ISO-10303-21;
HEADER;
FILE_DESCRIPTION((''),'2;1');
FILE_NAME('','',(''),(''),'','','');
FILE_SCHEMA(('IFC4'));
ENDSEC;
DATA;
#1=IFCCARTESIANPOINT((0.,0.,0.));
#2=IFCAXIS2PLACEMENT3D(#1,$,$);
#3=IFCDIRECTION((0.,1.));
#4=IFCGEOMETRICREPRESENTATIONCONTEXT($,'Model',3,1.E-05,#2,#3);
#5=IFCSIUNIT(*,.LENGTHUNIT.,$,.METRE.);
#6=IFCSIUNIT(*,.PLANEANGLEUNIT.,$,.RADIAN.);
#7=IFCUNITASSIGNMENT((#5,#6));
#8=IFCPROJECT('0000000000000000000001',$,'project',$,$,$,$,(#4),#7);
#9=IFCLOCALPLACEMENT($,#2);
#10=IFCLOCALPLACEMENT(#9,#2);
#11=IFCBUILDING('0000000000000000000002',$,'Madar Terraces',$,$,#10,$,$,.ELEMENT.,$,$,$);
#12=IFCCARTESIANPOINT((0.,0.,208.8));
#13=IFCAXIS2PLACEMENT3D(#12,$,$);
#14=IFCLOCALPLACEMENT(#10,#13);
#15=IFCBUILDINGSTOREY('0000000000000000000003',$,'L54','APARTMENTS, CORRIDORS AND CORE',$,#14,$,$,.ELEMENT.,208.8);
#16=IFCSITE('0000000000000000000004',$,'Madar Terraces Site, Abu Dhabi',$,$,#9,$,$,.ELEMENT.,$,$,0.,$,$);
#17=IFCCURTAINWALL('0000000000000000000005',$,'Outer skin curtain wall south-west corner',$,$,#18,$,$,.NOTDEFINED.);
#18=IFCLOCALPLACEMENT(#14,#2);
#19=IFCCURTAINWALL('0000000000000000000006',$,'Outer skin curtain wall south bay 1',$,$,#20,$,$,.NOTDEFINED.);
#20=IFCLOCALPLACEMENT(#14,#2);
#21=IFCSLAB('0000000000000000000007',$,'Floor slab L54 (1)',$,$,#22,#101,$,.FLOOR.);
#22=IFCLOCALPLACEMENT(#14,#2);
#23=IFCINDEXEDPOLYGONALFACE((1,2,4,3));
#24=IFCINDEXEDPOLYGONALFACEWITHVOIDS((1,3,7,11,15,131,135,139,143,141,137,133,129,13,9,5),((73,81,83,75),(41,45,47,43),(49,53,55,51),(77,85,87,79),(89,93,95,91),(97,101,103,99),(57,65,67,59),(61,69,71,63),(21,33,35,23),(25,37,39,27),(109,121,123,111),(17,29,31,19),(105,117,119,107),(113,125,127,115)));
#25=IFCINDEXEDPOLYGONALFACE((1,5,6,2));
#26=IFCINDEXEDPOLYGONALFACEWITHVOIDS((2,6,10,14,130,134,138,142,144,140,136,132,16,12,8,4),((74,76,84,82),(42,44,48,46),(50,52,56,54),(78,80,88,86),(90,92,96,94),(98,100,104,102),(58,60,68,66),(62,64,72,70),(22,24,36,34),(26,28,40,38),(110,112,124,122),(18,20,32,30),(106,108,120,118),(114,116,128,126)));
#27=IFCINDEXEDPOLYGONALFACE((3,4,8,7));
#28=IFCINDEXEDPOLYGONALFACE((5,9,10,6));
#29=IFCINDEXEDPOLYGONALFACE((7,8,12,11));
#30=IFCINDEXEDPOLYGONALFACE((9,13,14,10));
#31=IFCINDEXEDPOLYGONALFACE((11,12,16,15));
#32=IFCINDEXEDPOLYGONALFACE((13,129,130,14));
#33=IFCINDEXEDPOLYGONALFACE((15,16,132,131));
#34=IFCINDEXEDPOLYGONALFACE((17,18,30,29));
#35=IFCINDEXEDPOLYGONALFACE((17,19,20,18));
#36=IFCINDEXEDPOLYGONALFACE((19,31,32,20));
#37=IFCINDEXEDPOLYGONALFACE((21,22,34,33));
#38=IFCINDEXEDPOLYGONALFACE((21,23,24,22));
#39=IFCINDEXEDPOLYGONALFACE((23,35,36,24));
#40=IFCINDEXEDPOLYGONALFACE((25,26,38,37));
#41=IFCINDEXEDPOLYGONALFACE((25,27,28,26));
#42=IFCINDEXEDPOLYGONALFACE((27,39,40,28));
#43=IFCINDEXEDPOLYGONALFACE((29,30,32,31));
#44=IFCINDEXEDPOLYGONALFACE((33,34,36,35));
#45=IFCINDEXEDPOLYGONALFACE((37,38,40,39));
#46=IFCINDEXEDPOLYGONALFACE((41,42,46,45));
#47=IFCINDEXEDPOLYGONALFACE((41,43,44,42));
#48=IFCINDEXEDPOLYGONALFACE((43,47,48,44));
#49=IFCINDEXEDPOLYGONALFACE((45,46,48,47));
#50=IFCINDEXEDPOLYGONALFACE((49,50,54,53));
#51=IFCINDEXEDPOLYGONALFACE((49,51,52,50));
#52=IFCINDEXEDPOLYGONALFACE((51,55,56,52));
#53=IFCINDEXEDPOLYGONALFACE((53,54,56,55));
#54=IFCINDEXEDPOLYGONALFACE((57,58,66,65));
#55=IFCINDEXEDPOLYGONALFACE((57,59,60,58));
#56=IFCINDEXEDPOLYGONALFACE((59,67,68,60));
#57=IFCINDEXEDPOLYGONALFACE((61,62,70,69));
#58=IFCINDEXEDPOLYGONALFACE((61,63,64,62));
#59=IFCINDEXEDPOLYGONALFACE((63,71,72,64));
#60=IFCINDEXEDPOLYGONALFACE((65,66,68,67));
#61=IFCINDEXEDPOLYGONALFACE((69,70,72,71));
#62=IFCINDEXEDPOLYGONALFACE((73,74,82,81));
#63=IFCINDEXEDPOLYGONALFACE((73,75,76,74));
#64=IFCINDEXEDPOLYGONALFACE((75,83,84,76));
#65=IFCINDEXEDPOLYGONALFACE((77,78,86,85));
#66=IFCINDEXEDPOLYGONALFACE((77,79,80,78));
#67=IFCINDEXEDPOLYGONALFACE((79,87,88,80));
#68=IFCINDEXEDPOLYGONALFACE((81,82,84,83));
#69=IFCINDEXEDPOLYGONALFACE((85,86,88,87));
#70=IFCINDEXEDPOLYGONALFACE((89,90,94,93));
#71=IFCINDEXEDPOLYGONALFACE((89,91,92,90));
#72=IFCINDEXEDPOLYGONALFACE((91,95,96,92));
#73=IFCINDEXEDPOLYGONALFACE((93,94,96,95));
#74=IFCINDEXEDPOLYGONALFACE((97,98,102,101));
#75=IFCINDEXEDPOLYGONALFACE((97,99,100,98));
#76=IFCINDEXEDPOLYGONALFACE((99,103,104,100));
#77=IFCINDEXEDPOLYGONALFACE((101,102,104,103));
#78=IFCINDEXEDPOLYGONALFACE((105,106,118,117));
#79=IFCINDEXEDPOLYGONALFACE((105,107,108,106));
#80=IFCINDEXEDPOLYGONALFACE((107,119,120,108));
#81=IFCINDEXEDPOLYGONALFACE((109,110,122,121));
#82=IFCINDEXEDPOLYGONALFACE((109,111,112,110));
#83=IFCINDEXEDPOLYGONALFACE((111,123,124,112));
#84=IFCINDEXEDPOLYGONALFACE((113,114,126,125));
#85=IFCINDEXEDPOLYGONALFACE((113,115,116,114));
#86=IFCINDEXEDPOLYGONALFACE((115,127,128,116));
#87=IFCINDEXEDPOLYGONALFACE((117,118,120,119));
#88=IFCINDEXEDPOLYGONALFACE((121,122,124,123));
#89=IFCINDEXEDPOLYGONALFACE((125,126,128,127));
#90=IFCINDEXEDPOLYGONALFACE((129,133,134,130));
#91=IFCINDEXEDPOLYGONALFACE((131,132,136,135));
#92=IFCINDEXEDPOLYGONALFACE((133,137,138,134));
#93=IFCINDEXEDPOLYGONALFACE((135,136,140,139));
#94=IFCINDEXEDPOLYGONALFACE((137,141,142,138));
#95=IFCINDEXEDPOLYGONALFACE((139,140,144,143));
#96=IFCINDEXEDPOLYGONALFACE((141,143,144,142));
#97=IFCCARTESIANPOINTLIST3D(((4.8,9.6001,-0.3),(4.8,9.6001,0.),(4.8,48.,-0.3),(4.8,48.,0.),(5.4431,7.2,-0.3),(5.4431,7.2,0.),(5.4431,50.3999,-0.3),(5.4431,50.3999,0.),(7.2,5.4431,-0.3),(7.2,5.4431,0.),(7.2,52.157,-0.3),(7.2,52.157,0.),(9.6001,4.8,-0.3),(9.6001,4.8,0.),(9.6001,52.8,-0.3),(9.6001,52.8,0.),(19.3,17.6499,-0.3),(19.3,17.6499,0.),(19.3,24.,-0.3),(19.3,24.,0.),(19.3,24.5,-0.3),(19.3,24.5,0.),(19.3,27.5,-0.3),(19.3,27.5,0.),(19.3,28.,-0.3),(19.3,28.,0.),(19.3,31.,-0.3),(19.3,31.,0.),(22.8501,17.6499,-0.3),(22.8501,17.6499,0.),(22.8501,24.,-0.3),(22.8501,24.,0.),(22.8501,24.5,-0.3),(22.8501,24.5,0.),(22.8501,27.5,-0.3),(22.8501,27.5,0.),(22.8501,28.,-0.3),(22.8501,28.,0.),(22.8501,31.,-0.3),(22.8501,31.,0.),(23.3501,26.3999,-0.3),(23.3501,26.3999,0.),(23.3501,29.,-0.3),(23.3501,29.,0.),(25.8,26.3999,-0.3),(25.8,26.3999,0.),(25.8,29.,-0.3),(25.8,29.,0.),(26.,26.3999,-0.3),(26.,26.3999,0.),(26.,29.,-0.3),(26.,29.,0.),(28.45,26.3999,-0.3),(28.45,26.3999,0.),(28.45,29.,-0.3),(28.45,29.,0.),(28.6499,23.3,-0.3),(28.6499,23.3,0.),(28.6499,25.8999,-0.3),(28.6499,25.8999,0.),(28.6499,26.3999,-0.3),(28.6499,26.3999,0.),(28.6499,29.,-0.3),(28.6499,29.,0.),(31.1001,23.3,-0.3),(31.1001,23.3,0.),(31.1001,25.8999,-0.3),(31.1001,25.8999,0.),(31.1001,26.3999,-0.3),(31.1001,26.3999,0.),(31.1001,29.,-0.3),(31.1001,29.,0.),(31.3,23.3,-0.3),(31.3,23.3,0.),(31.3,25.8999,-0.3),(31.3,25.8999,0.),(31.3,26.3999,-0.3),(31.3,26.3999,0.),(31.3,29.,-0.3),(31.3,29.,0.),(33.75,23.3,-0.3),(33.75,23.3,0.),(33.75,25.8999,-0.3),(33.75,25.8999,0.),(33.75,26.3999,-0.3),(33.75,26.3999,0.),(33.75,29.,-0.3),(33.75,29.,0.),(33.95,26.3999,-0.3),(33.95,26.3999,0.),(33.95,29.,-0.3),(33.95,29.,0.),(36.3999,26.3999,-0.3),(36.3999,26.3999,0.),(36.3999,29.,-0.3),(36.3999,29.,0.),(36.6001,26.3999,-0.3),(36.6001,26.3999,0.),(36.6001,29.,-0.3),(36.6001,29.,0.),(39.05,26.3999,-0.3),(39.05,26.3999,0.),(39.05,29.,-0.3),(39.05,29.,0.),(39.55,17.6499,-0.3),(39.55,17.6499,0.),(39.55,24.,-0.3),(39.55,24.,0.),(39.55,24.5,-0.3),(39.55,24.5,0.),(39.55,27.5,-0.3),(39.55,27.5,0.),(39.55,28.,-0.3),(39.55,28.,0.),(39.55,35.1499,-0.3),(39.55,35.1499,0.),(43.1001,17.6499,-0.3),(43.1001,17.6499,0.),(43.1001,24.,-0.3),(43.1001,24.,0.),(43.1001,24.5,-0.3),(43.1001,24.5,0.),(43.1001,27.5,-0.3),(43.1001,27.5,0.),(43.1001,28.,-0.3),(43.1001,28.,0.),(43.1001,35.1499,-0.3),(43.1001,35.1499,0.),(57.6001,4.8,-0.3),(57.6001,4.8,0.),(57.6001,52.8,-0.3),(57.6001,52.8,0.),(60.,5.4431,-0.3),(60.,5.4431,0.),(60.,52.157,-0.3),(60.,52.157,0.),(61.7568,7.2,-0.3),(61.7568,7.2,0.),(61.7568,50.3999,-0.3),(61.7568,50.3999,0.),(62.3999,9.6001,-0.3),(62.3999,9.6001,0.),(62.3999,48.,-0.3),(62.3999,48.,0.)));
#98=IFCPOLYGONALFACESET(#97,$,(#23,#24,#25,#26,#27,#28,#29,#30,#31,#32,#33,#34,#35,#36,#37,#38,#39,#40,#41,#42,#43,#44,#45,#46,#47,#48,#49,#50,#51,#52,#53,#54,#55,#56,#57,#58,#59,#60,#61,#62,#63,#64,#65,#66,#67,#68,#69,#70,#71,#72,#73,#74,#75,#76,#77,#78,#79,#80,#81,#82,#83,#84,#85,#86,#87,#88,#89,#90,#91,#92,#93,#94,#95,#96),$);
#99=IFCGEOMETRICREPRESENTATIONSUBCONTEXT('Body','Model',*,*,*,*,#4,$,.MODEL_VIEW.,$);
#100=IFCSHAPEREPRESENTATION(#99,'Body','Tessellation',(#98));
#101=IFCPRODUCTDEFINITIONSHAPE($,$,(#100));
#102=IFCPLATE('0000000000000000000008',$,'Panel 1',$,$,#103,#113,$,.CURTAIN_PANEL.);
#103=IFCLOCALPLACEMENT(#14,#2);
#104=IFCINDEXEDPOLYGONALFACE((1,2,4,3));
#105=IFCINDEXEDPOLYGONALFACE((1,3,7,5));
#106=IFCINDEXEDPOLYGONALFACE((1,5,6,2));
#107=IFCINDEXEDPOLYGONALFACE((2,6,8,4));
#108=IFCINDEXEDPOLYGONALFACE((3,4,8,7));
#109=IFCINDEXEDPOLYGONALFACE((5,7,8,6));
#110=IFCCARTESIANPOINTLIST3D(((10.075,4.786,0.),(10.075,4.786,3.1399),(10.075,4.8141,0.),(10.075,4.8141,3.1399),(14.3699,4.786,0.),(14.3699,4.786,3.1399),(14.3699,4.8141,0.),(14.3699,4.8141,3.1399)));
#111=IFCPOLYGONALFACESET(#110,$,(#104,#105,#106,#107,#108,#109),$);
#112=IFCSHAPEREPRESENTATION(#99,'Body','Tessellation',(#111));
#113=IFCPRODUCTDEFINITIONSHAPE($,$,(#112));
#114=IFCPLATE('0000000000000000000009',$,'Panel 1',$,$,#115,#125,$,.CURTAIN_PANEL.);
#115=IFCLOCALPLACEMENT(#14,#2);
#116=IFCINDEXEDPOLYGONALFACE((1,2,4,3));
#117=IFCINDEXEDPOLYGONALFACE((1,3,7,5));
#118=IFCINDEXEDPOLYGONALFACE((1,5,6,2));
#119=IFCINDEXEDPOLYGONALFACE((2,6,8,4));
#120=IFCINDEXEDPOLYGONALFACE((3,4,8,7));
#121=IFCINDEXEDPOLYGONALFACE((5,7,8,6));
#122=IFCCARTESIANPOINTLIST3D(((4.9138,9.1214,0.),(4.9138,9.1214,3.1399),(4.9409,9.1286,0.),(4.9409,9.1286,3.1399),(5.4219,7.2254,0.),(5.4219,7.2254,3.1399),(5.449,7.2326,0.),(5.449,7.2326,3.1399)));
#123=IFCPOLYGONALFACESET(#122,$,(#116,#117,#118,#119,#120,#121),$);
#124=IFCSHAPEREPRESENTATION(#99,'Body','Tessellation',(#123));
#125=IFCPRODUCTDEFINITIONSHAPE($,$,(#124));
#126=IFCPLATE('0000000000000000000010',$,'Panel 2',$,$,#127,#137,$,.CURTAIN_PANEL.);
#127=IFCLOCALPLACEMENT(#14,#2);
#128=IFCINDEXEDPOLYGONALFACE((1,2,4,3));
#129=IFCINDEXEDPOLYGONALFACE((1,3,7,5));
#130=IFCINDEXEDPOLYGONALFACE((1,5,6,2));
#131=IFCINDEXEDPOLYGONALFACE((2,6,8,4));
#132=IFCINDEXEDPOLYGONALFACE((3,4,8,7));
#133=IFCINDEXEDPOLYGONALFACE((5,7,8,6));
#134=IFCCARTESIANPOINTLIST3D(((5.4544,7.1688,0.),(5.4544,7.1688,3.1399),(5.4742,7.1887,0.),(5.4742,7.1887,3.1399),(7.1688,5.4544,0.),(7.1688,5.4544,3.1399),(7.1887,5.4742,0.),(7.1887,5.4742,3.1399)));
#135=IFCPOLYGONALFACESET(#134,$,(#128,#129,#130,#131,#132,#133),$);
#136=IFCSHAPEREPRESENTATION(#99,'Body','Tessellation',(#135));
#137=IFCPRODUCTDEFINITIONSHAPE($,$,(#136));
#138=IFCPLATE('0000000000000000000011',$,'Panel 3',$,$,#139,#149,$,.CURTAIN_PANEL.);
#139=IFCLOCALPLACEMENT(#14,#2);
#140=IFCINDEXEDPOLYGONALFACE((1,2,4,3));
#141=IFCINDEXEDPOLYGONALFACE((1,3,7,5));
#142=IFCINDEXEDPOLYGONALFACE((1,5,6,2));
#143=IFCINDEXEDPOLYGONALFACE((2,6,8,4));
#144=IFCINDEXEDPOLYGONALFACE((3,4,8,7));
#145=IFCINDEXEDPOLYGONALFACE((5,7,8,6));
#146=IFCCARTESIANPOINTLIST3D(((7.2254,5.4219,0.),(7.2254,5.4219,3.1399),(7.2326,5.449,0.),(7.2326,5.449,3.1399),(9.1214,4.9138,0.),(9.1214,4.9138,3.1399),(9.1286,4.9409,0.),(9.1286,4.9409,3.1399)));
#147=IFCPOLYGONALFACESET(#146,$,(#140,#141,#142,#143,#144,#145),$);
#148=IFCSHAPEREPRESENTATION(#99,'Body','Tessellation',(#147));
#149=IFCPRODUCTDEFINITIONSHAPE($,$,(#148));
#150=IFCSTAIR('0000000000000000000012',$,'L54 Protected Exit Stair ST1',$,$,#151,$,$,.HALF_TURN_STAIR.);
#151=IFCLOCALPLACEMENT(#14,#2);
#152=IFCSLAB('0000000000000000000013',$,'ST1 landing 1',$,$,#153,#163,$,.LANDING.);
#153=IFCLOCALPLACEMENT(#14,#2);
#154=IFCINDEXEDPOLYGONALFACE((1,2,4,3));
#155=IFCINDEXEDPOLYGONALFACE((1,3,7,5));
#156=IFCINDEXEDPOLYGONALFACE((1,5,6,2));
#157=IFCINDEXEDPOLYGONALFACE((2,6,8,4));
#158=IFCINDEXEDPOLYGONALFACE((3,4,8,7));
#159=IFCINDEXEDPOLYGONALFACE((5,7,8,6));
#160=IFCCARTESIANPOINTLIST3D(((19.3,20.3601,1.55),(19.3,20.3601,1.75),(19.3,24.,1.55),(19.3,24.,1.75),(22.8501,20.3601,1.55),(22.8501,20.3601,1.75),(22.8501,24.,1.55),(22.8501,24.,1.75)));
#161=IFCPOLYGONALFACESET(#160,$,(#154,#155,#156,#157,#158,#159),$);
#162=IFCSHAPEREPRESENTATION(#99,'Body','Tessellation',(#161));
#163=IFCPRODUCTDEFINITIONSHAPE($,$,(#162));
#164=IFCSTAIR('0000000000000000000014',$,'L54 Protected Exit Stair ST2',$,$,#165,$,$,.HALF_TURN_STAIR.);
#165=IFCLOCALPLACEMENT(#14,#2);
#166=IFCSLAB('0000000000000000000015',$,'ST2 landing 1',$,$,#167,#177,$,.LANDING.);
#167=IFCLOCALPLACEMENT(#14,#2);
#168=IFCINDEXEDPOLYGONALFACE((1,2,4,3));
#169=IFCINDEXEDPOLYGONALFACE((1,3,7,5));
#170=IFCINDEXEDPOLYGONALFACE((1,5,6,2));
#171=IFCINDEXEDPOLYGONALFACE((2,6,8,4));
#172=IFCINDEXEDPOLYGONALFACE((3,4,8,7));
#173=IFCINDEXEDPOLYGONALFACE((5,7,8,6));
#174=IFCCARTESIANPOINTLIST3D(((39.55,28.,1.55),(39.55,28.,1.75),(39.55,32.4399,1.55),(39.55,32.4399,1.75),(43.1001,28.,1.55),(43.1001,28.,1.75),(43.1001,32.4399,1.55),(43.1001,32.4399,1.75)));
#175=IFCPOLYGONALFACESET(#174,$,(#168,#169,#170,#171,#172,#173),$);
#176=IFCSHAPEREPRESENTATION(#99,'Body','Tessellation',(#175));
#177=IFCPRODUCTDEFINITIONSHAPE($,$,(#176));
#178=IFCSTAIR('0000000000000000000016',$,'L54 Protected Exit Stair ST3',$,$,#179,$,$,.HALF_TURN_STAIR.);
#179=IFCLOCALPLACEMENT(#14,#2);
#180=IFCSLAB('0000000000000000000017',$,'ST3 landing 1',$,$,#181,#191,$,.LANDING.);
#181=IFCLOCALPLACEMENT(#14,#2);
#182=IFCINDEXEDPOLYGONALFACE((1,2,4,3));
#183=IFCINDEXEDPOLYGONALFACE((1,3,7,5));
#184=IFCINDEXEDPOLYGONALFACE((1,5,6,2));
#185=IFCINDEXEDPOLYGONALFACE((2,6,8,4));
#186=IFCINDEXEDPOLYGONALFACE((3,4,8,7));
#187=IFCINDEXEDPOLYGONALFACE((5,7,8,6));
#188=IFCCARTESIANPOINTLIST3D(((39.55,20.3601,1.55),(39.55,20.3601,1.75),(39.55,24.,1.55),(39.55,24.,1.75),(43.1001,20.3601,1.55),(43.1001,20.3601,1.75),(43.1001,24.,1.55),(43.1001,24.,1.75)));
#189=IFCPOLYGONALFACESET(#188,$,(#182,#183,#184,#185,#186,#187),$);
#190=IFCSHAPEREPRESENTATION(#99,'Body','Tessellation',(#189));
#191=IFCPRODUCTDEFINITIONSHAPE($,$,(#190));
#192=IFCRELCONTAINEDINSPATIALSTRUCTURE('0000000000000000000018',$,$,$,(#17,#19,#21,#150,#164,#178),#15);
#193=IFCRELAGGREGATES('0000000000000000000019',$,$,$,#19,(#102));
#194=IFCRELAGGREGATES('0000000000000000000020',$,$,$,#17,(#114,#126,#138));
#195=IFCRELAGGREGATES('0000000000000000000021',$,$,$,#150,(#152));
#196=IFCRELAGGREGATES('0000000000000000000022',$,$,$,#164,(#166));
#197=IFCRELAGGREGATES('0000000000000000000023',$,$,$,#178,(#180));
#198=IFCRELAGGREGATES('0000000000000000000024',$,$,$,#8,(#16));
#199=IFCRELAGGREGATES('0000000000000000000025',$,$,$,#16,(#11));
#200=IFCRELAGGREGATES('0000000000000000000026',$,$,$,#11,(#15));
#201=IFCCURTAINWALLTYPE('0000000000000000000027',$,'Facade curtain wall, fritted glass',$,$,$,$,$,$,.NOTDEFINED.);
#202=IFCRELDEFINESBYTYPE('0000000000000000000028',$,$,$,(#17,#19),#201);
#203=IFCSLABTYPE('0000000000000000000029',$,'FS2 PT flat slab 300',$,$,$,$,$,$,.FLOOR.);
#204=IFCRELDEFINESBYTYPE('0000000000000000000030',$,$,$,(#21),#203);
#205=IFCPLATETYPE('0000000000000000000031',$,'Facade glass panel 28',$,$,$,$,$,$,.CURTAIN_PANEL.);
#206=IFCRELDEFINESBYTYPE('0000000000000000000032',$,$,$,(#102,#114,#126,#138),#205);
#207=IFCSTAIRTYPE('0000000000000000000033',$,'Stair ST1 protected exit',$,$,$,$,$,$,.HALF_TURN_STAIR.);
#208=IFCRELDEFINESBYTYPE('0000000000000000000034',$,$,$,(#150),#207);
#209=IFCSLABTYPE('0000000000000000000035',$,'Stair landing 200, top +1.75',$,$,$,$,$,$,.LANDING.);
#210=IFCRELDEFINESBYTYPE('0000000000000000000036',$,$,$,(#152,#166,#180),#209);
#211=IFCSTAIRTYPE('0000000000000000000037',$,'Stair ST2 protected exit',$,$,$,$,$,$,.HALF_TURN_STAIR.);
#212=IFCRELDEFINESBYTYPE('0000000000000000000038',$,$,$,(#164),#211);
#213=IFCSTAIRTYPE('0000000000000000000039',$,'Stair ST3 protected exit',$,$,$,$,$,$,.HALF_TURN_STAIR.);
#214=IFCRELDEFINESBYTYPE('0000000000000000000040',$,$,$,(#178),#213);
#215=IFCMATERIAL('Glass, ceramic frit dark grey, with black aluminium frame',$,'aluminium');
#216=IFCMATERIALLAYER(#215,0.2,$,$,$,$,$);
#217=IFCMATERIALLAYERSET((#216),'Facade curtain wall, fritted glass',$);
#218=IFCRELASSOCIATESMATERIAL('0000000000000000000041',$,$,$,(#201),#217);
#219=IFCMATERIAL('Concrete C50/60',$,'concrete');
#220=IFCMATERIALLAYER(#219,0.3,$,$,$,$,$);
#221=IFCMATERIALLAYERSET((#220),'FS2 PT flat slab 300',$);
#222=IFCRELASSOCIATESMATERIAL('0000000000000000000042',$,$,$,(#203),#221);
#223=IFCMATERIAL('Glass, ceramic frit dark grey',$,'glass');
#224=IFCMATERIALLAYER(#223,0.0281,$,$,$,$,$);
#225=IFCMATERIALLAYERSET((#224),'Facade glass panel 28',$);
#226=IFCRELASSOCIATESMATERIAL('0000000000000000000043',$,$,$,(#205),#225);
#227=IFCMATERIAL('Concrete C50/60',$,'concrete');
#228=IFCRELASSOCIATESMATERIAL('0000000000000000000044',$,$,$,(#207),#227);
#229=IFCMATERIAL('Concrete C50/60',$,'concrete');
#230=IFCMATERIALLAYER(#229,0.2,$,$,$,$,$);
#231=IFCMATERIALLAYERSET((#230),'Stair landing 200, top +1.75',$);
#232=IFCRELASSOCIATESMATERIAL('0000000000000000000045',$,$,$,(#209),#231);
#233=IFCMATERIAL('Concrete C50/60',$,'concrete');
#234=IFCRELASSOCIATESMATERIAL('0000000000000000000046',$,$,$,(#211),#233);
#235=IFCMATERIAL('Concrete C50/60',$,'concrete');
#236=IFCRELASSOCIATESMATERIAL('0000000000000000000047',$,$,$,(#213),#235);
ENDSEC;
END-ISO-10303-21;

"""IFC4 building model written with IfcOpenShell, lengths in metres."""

from ifc_helpers import new_model, si_unit, direction, frame, origin, origin_2d, place, context, subcontext, project, spatial, polyline, rectangle, outline, extrude, material, layer, layer_set, type_object, element, aggregate, save


model = new_model("IFC4")

# Units and contexts
model_context = context("Model", 3, precision=1e-05, world=origin(), true_north=direction((0.0, 1.0)))
body_context = subcontext(model_context, "Body", "Model", "MODEL_VIEW")
ifc_project = project(units=[si_unit("LENGTHUNIT", "METRE"), si_unit("PLANEANGLEUNIT", "RADIAN")], contexts=[model_context])

# Site, building, storey
site_placement = place(None, origin())
site = spatial("IfcSite", under=ifc_project, at=site_placement, Name="Madar Terraces Site, Abu Dhabi", CompositionType="ELEMENT", RefElevation=0.0)
building_placement = place(site_placement, origin())
building = spatial("IfcBuilding", under=site, at=building_placement, Name="Madar Terraces", CompositionType="ELEMENT")
storey_placement = place(building_placement, frame((0.0, 0.0, 208.8)))
storey = spatial("IfcBuildingStorey", under=building, at=storey_placement, Name="L54", Description="APARTMENTS, CORRIDORS AND CORE", CompositionType="ELEMENT", Elevation=208.8)

# Curtain wall
ifc_material_1 = material(Name="Glass, ceramic frit dark grey, with black aluminium frame", Category="aluminium")
ifc_layer_1 = layer(ifc_material_1, 0.2)
ifc_layer_set_1 = layer_set([ifc_layer_1], Name="Facade curtain wall, fritted glass")
curtain_wall_type = type_object("IfcCurtainWallType", Name="Facade curtain wall, fritted glass", PredefinedType="NOTDEFINED", material=ifc_layer_set_1)
curtain_wall_1_placement = place(storey_placement, origin())
curtain_wall_1 = element("IfcCurtainWall", 1, at=curtain_wall_1_placement, inside=storey, type_object=curtain_wall_type, Name="Outer skin curtain wall south-west corner", PredefinedType="NOTDEFINED")

# Curtain wall
curtain_wall_2_placement = place(storey_placement, origin())
curtain_wall_2 = element("IfcCurtainWall", 2, at=curtain_wall_2_placement, inside=storey, type_object=curtain_wall_type, Name="Outer skin curtain wall south bay 1", PredefinedType="NOTDEFINED")

# Slab
ifc_material_2 = material(Name="Concrete C50/60", Category="concrete")
ifc_layer_2 = layer(ifc_material_2, 0.3)
ifc_layer_set_2 = layer_set([ifc_layer_2], Name="FS2 PT flat slab 300")
slab_type_1 = type_object("IfcSlabType", Name="FS2 PT flat slab 300", PredefinedType="FLOOR", material=ifc_layer_set_2)
slab_1_placement = place(storey_placement, frame((0.0, 0.0, -0.3)))
element("IfcSlab", 3, at=slab_1_placement, inside=storey, type_object=slab_type_1, Name="Floor slab L54 (1)", PredefinedType="FLOOR", context=body_context, shape_type="SweptSolid", body=[
    extrude(outline(polyline([(57.6001, 4.8), (60.0, 5.4431), (61.7568, 7.2), (62.3999, 9.6001), (62.3999, 48.0), (61.7568, 50.3999), (60.0, 52.157), (57.6001, 52.8), (9.6001, 52.8), (7.2, 52.157), (5.4431, 50.3999), (4.8, 48.0), (4.8, 9.6001), (5.4431, 7.2), (7.2, 5.4431), (9.6001, 4.8), (57.6001, 4.8)]), holes=[polyline([(22.8501, 17.6499), (19.3, 17.6499), (19.3, 24.0), (22.8501, 24.0), (22.8501, 17.6499)]), polyline([(28.6499, 23.3), (28.6499, 25.8999), (31.1001, 25.8999), (31.1001, 23.3), (28.6499, 23.3)]), polyline([(19.3, 24.5), (19.3, 27.5), (22.8501, 27.5), (22.8501, 24.5), (19.3, 24.5)]), polyline([(23.3501, 26.3999), (23.3501, 29.0), (25.8, 29.0), (25.8, 26.3999), (23.3501, 26.3999)]), polyline([(26.0, 26.3999), (26.0, 29.0), (28.45, 29.0), (28.45, 26.3999), (26.0, 26.3999)]), polyline([(28.6499, 26.3999), (28.6499, 29.0), (31.1001, 29.0), (31.1001, 26.3999), (28.6499, 26.3999)]), polyline([(19.3, 28.0), (19.3, 31.0), (22.8501, 31.0), (22.8501, 28.0), (19.3, 28.0)]), polyline([(43.1001, 17.6499), (39.55, 17.6499), (39.55, 24.0), (43.1001, 24.0), (43.1001, 17.6499)]), polyline([(31.3, 23.3), (31.3, 25.8999), (33.75, 25.8999), (33.75, 23.3), (31.3, 23.3)]), polyline([(39.55, 24.5), (39.55, 27.5), (43.1001, 27.5), (43.1001, 24.5), (39.55, 24.5)]), polyline([(31.3, 26.3999), (31.3, 29.0), (33.75, 29.0), (33.75, 26.3999), (31.3, 26.3999)]), polyline([(33.95, 26.3999), (33.95, 29.0), (36.3999, 29.0), (36.3999, 26.3999), (33.95, 26.3999)]), polyline([(36.6001, 26.3999), (36.6001, 29.0), (39.05, 29.0), (39.05, 26.3999), (36.6001, 26.3999)]), polyline([(39.55, 28.0), (39.55, 35.1499), (43.1001, 35.1499), (43.1001, 28.0), (39.55, 28.0)])]), origin(), (0.0, 0.0, 1.0), 0.3),
])

# Plates
ifc_material_3 = material(Name="Glass, ceramic frit dark grey", Category="glass")
ifc_layer_3 = layer(ifc_material_3, 0.0281)
ifc_layer_set_3 = layer_set([ifc_layer_3], Name="Facade glass panel 28")
plate_type = type_object("IfcPlateType", Name="Facade glass panel 28", PredefinedType="CURTAIN_PANEL", material=ifc_layer_set_3)
plate_1_placement = place(storey_placement, frame((12.2224, 4.8, 0.0), z_axis=(0.0, 0.0, 1.0), x_axis=(1.0, 0.0, 0.0)))
plate_1 = element("IfcPlate", 4, at=plate_1_placement, type_object=plate_type, Name="Panel 1", PredefinedType="CURTAIN_PANEL", context=body_context, shape_type="SweptSolid", body=[
    extrude(rectangle(XDim=4.2949, YDim=0.0281, at=origin_2d()), origin(), (0.0, 0.0, 1.0), 3.1399),
])
aggregate(curtain_wall_2, [plate_1])
plate_2_placement = place(storey_placement, frame((5.1814, 8.177, 0.0), z_axis=(0.0, 0.0, 1.0), x_axis=(0.258819, -0.965926, 0.0)))
plate_2 = element("IfcPlate", 5, at=plate_2_placement, type_object=plate_type, Name="Panel 1", PredefinedType="CURTAIN_PANEL", context=body_context, shape_type="SweptSolid", body=[
    extrude(rectangle(XDim=1.9629, YDim=0.0281, at=origin_2d()), origin(), (0.0, 0.0, 1.0), 3.1399),
])
plate_3_placement = place(storey_placement, frame((6.3215, 6.3215, 0.0), z_axis=(0.0, 0.0, 1.0), x_axis=(0.707107, -0.707107, 0.0)))
plate_3 = element("IfcPlate", 6, at=plate_3_placement, type_object=plate_type, Name="Panel 2", PredefinedType="CURTAIN_PANEL", context=body_context, shape_type="SweptSolid", body=[
    extrude(rectangle(XDim=2.4246, YDim=0.0281, at=origin_2d()), origin(), (0.0, 0.0, 1.0), 3.1399),
])
plate_4_placement = place(storey_placement, frame((8.177, 5.1814, 0.0), z_axis=(0.0, 0.0, 1.0), x_axis=(0.965926, -0.258819, 0.0)))
plate_4 = element("IfcPlate", 7, at=plate_4_placement, type_object=plate_type, Name="Panel 3", PredefinedType="CURTAIN_PANEL", context=body_context, shape_type="SweptSolid", body=[
    extrude(rectangle(XDim=1.9629, YDim=0.0281, at=origin_2d()), origin(), (0.0, 0.0, 1.0), 3.1399),
])
aggregate(curtain_wall_1, [plate_2, plate_3, plate_4])

# Stairs, slabs
ifc_material_4 = material(Name="Concrete C50/60", Category="concrete")
stair_type_1 = type_object("IfcStairType", Name="Stair ST1 protected exit", PredefinedType="HALF_TURN_STAIR", material=ifc_material_4)
stair_1_placement = place(storey_placement, origin())
stair_1 = element("IfcStair", 8, at=stair_1_placement, inside=storey, type_object=stair_type_1, Name="L54 Protected Exit Stair ST1", PredefinedType="HALF_TURN_STAIR")
ifc_material_5 = material(Name="Concrete C50/60", Category="concrete")
ifc_layer_4 = layer(ifc_material_5, 0.2)
ifc_layer_set_4 = layer_set([ifc_layer_4], Name="Stair landing 200, top +1.75")
slab_type_2 = type_object("IfcSlabType", Name="Stair landing 200, top +1.75", PredefinedType="LANDING", material=ifc_layer_set_4)
slab_2_placement = place(storey_placement, frame((0.0, 0.0, 1.55)))
slab_2 = element("IfcSlab", 9, at=slab_2_placement, type_object=slab_type_2, Name="ST1 landing 1", PredefinedType="LANDING", context=body_context, shape_type="SweptSolid", body=[
    extrude(outline(polyline([(19.3, 20.3601), (22.8501, 20.3601), (22.8501, 24.0), (19.3, 24.0), (19.3, 20.3601)])), origin(), (0.0, 0.0, 1.0), 0.2),
])
aggregate(stair_1, [slab_2])
ifc_material_6 = material(Name="Concrete C50/60", Category="concrete")
stair_type_2 = type_object("IfcStairType", Name="Stair ST2 protected exit", PredefinedType="HALF_TURN_STAIR", material=ifc_material_6)
stair_2_placement = place(storey_placement, origin())
stair_2 = element("IfcStair", 10, at=stair_2_placement, inside=storey, type_object=stair_type_2, Name="L54 Protected Exit Stair ST2", PredefinedType="HALF_TURN_STAIR")
slab_3_placement = place(storey_placement, frame((0.0, 0.0, 1.55)))
slab_3 = element("IfcSlab", 11, at=slab_3_placement, type_object=slab_type_2, Name="ST2 landing 1", PredefinedType="LANDING", context=body_context, shape_type="SweptSolid", body=[
    extrude(outline(polyline([(39.55, 28.0), (43.1001, 28.0), (43.1001, 32.4399), (39.55, 32.4399), (39.55, 28.0)])), origin(), (0.0, 0.0, 1.0), 0.2),
])
aggregate(stair_2, [slab_3])
ifc_material_7 = material(Name="Concrete C50/60", Category="concrete")
stair_type_3 = type_object("IfcStairType", Name="Stair ST3 protected exit", PredefinedType="HALF_TURN_STAIR", material=ifc_material_7)
stair_3_placement = place(storey_placement, origin())
stair_3 = element("IfcStair", 12, at=stair_3_placement, inside=storey, type_object=stair_type_3, Name="L54 Protected Exit Stair ST3", PredefinedType="HALF_TURN_STAIR")
slab_4_placement = place(storey_placement, frame((0.0, 0.0, 1.55)))
slab_4 = element("IfcSlab", 13, at=slab_4_placement, type_object=slab_type_2, Name="ST3 landing 1", PredefinedType="LANDING", context=body_context, shape_type="SweptSolid", body=[
    extrude(outline(polyline([(39.55, 20.3601), (43.1001, 20.3601), (43.1001, 24.0), (39.55, 24.0), (39.55, 20.3601)])), origin(), (0.0, 0.0, 1.0), 0.2),
])
aggregate(stair_3, [slab_4])

save(model, "model.ifc")
